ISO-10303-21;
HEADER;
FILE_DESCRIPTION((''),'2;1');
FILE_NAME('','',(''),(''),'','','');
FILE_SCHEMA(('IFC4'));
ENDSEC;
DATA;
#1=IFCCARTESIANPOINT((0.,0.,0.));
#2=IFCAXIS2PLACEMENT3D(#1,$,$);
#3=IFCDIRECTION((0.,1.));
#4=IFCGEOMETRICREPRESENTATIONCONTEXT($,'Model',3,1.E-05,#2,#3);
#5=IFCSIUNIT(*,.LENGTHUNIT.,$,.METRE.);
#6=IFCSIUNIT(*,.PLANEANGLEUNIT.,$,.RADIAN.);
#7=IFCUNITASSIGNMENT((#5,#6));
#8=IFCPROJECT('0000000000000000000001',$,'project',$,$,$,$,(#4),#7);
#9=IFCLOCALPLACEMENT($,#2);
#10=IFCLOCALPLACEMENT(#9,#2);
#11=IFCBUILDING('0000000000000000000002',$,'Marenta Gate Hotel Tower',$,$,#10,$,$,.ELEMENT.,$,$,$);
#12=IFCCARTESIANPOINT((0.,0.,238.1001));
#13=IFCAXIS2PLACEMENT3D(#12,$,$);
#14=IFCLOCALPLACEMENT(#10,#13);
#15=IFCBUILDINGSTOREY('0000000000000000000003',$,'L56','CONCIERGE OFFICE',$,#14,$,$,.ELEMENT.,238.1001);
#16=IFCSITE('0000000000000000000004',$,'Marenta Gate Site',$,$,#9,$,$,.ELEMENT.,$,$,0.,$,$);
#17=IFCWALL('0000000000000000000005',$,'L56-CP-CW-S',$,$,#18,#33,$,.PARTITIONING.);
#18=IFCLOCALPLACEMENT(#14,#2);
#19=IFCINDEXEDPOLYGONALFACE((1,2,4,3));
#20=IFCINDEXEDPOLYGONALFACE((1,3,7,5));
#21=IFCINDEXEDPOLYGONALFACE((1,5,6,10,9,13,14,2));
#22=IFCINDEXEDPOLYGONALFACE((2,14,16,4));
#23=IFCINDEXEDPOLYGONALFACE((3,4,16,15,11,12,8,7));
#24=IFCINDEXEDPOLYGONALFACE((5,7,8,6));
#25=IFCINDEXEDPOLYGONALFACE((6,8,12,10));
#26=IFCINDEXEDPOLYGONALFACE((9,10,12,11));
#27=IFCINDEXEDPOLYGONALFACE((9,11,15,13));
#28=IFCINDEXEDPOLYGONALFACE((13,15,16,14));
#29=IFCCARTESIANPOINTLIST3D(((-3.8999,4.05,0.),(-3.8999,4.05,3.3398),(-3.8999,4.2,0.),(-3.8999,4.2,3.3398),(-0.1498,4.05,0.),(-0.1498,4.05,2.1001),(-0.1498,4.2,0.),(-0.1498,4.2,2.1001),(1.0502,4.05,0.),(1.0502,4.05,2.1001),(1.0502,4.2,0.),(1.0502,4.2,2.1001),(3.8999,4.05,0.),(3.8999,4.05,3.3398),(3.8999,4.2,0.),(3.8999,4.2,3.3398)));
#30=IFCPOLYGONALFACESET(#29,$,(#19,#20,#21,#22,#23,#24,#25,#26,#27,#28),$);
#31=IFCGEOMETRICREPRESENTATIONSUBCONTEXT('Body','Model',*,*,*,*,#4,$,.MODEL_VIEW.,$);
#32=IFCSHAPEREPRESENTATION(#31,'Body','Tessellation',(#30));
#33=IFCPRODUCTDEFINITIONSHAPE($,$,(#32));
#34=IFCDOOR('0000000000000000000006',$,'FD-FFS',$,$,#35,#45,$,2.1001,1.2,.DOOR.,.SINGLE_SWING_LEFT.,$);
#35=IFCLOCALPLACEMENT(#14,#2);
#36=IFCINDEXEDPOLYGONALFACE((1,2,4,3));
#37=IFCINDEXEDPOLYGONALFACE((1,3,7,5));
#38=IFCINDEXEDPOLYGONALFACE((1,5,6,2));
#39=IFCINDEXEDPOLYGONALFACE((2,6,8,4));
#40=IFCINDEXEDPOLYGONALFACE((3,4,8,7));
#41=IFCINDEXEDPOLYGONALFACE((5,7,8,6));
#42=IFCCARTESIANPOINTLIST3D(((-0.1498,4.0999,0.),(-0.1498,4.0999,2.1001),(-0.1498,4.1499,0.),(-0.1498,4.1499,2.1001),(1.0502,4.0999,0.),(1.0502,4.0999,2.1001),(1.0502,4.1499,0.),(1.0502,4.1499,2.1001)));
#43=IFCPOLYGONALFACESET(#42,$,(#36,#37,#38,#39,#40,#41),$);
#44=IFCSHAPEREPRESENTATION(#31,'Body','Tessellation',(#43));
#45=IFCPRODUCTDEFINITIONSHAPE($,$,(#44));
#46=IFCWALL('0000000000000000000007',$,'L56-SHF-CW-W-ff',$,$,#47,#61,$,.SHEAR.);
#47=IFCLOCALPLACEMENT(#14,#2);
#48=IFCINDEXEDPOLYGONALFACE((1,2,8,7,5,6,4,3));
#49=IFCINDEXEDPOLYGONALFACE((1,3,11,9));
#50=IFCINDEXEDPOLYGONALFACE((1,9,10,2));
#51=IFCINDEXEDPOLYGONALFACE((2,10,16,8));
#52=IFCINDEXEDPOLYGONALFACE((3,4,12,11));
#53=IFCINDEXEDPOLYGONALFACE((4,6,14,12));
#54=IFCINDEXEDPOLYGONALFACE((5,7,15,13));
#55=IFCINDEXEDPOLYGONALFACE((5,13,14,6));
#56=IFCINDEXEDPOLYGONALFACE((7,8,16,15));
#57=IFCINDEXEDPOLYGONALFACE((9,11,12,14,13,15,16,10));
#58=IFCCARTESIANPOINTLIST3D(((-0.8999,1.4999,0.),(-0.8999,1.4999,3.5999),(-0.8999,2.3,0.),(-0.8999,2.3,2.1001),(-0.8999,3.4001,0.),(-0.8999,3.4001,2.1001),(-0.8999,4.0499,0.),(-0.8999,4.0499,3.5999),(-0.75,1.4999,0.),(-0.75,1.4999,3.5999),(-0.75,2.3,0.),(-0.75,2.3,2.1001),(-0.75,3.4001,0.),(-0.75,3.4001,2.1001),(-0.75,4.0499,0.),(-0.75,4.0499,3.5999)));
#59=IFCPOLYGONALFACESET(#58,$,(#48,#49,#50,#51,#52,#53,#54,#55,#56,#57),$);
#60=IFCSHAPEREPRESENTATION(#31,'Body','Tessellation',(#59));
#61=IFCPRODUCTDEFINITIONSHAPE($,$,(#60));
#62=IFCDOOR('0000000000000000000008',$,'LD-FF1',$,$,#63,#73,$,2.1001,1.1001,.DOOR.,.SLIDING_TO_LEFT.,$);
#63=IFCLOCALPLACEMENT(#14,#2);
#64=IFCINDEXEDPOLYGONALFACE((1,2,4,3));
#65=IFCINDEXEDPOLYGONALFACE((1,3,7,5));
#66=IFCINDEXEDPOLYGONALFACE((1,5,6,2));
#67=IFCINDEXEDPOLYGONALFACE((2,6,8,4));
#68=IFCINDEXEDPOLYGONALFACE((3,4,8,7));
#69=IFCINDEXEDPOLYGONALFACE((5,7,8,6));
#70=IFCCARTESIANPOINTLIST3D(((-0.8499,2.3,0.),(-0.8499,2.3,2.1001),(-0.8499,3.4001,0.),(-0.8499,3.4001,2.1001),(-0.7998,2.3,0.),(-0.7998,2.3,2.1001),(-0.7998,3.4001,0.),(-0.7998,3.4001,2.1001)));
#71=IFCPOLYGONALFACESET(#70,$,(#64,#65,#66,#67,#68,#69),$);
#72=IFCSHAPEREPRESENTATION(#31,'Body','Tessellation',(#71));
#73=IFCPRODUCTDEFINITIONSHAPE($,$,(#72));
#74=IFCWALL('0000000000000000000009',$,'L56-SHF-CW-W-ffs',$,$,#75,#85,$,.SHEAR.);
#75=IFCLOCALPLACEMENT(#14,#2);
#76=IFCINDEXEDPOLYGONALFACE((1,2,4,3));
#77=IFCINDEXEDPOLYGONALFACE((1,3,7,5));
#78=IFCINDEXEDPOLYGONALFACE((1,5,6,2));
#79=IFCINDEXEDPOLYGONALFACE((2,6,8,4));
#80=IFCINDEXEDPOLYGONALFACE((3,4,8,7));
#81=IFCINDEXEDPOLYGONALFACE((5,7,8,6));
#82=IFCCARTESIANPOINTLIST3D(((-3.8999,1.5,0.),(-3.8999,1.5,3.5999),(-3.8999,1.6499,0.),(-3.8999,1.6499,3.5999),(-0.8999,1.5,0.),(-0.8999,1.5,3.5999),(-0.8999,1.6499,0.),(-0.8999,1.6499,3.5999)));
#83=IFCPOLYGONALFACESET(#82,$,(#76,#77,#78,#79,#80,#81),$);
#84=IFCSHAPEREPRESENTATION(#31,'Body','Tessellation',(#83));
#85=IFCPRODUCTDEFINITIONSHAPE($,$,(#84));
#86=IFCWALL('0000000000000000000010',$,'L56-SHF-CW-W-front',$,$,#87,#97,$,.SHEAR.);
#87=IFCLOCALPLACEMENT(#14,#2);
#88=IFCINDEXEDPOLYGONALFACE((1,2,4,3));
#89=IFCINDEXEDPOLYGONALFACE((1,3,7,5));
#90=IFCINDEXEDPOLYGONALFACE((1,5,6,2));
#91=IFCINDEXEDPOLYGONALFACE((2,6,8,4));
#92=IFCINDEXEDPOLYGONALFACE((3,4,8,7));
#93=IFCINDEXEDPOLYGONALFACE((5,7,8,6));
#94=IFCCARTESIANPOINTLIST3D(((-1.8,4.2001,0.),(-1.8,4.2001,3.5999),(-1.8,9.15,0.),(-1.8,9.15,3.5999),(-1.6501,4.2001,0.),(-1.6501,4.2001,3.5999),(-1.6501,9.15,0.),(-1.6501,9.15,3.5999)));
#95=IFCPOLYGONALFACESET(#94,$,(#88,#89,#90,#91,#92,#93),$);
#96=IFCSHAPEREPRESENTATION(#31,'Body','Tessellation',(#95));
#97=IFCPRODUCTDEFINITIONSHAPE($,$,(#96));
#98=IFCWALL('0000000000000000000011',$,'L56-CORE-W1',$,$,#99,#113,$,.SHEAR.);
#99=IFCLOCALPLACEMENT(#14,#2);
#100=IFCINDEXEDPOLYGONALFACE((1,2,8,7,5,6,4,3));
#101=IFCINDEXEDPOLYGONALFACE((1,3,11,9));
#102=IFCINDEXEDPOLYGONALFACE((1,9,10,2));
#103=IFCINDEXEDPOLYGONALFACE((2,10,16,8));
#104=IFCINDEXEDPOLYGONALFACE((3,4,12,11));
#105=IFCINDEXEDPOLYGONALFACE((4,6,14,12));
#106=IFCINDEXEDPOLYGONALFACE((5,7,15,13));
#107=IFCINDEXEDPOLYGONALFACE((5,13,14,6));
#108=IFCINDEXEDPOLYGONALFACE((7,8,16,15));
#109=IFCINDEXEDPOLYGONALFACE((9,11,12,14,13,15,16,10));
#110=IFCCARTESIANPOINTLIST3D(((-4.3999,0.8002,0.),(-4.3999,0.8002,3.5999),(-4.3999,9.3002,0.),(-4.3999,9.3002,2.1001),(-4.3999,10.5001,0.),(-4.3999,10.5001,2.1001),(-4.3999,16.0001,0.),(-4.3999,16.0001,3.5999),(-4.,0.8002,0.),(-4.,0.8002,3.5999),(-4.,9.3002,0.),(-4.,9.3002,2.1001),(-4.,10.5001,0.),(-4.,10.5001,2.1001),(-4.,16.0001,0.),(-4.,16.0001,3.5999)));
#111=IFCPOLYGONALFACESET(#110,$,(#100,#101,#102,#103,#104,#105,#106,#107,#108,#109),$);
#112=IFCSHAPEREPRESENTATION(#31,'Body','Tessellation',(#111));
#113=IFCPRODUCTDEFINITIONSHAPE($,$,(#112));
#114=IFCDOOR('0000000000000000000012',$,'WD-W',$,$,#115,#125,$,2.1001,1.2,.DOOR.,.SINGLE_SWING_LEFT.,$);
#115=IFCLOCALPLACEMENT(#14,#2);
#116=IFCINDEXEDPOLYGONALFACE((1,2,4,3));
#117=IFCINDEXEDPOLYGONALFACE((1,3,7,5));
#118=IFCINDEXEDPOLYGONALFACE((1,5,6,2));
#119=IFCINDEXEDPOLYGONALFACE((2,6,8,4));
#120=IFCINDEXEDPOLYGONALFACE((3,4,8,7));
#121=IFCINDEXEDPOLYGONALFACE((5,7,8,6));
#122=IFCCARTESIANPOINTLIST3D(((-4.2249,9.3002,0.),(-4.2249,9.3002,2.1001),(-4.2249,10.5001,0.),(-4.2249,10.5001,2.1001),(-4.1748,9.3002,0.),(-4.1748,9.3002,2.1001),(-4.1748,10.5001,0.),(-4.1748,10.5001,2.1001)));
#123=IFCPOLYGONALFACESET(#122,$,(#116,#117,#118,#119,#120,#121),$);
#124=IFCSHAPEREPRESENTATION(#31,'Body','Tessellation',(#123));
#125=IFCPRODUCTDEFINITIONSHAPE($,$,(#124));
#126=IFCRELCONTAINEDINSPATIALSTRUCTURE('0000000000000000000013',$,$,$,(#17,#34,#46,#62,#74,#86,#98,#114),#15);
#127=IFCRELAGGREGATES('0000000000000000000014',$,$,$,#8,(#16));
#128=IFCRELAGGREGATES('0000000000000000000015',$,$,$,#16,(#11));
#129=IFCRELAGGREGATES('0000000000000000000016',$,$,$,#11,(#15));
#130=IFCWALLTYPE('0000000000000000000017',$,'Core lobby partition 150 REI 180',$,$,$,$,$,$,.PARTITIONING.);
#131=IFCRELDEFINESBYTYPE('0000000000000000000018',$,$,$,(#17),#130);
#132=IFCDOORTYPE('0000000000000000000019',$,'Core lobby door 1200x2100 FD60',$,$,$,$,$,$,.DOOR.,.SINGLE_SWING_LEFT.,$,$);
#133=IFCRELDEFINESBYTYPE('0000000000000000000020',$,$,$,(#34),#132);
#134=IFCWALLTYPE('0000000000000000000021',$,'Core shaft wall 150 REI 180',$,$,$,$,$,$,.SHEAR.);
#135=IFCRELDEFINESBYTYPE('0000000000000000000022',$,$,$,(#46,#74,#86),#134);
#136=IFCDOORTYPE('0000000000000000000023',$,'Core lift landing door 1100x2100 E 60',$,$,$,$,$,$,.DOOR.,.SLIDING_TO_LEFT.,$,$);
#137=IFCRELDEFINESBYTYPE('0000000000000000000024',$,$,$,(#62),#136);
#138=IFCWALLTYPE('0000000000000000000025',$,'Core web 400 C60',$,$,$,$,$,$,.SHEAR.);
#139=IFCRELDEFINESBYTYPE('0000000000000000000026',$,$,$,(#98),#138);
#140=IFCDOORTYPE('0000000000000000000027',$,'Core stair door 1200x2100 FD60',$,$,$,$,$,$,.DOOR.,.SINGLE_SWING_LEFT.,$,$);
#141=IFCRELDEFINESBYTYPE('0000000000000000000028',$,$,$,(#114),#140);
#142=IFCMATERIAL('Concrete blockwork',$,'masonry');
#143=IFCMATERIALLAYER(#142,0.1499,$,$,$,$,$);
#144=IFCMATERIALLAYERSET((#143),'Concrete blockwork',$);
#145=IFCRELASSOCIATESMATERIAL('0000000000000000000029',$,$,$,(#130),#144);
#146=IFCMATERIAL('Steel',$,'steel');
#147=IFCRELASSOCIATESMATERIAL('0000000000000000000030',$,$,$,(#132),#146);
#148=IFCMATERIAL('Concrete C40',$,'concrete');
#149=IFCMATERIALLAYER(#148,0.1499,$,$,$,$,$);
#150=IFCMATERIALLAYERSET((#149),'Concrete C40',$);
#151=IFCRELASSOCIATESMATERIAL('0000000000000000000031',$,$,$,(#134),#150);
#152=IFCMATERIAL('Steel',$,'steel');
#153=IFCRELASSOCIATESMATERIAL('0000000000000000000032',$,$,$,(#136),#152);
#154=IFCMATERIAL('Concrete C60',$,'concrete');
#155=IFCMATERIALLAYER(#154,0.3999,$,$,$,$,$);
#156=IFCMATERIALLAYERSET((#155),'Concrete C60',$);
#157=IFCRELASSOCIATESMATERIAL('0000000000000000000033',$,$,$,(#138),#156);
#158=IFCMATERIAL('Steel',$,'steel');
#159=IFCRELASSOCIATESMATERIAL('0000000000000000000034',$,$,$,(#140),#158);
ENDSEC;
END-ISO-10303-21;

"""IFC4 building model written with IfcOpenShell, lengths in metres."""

from ifc_helpers import new_model, si_unit, direction, frame, frame_2d, origin, place, context, subcontext, project, spatial, rectangle, extrude, material, layer, layer_set, type_object, element, fill, save


model = new_model("IFC4")

# Units and contexts
model_context = context("Model", 3, precision=1e-05, world=origin(), true_north=direction((0.0, 1.0)))
body_context = subcontext(model_context, "Body", "Model", "MODEL_VIEW")
ifc_project = project(units=[si_unit("LENGTHUNIT", "METRE"), si_unit("PLANEANGLEUNIT", "RADIAN")], contexts=[model_context])

# Site, building, storey
site_placement = place(None, origin())
site = spatial("IfcSite", under=ifc_project, at=site_placement, Name="Marenta Gate Site", CompositionType="ELEMENT", RefElevation=0.0)
building_placement = place(site_placement, origin())
building = spatial("IfcBuilding", under=site, at=building_placement, Name="Marenta Gate Hotel Tower", CompositionType="ELEMENT")
storey_placement = place(building_placement, frame((0.0, 0.0, 238.1001)))
storey = spatial("IfcBuildingStorey", under=building, at=storey_placement, Name="L56", Description="CONCIERGE OFFICE", CompositionType="ELEMENT", Elevation=238.1001)

# Walls, openings, doors
ifc_material_1 = material(Name="Concrete blockwork", Category="masonry")
ifc_layer_1 = layer(ifc_material_1, 0.1499)
ifc_layer_set_1 = layer_set([ifc_layer_1], Name="Concrete blockwork")
wall_type_1 = type_object("IfcWallType", Name="Core lobby partition 150 REI 180", PredefinedType="PARTITIONING", material=ifc_layer_set_1)
wall_1_placement = place(storey_placement, frame((-3.8999, 4.125, 0.0), z_axis=(0.0, 0.0, 1.0), x_axis=(1.0, 0.0, 0.0)))
wall_1 = element("IfcWall", 1, at=wall_1_placement, inside=storey, type_object=wall_type_1, Name="L56-CP-CW-S", PredefinedType="PARTITIONING", context=body_context, shape_type="SweptSolid", body=[
    extrude(rectangle(XDim=7.7998, YDim=0.1499, at=frame_2d((3.8999, 0.0))), origin(), (0.0, 0.0, 1.0), 3.3398),
])
opening_1_placement = place(wall_1_placement, frame((3.75, 0.0, 0.0)))
opening_1 = element("IfcOpeningElement", 2, at=opening_1_placement, cuts=wall_1, PredefinedType="OPENING", context=body_context, shape_type="SweptSolid", body=[
    extrude(rectangle(XDim=1.2, YDim=2.1001, at=frame_2d((0.6001, 1.05))), frame((0.0, 0.075, 0.0), z_axis=(0.0, -1.0, 0.0), x_axis=(1.0, 0.0, 0.0)), (0.0, 0.0, 1.0), 0.1499),
])
ifc_material_2 = material(Name="Steel", Category="steel")
door_type_1 = type_object("IfcDoorType", Name="Core lobby door 1200x2100 FD60", OperationType="SINGLE_SWING_LEFT", PredefinedType="DOOR", material=ifc_material_2)
door_1_placement = place(opening_1_placement, origin())
door_1 = element("IfcDoor", 3, at=door_1_placement, inside=storey, type_object=door_type_1, Name="FD-FFS", OperationType="SINGLE_SWING_LEFT", OverallHeight=2.1001, OverallWidth=1.2, PredefinedType="DOOR", context=body_context, shape_type="SweptSolid", body=[
    extrude(rectangle(XDim=1.2, YDim=2.1001, at=frame_2d((0.6001, 1.05))), frame((0.0, 0.0249, 0.0), z_axis=(0.0, -1.0, 0.0), x_axis=(1.0, 0.0, 0.0)), (0.0, 0.0, 1.0), 0.05),
])
fill(opening_1, door_1)
ifc_material_3 = material(Name="Concrete C40", Category="concrete")
ifc_layer_2 = layer(ifc_material_3, 0.1499)
ifc_layer_set_2 = layer_set([ifc_layer_2], Name="Concrete C40")
wall_type_2 = type_object("IfcWallType", Name="Core shaft wall 150 REI 180", PredefinedType="SHEAR", material=ifc_layer_set_2)
wall_2_placement = place(storey_placement, frame((-0.825, 1.5, 0.0), z_axis=(0.0, 0.0, 1.0), x_axis=(0.0, 1.0, 0.0)))
wall_2 = element("IfcWall", 4, at=wall_2_placement, inside=storey, type_object=wall_type_2, Name="L56-SHF-CW-W-ff", PredefinedType="SHEAR", context=body_context, shape_type="SweptSolid", body=[
    extrude(rectangle(XDim=2.55, YDim=0.1499, at=frame_2d((1.2749, 0.0))), origin(), (0.0, 0.0, 1.0), 3.5999),
])
opening_2_placement = place(wall_2_placement, frame((0.8, 0.0, 0.0)))
opening_2 = element("IfcOpeningElement", 5, at=opening_2_placement, cuts=wall_2, PredefinedType="OPENING", context=body_context, shape_type="SweptSolid", body=[
    extrude(rectangle(XDim=1.1001, YDim=2.1001, at=frame_2d((0.55, 1.05))), frame((0.0, 0.075, 0.0), z_axis=(0.0, -1.0, 0.0), x_axis=(1.0, 0.0, 0.0)), (0.0, 0.0, 1.0), 0.1499),
])
ifc_material_4 = material(Name="Steel", Category="steel")
door_type_2 = type_object("IfcDoorType", Name="Core lift landing door 1100x2100 E 60", OperationType="SLIDING_TO_LEFT", PredefinedType="DOOR", material=ifc_material_4)
door_2_placement = place(opening_2_placement, origin())
door_2 = element("IfcDoor", 6, at=door_2_placement, inside=storey, type_object=door_type_2, Name="LD-FF1", OperationType="SLIDING_TO_LEFT", OverallHeight=2.1001, OverallWidth=1.1001, PredefinedType="DOOR", context=body_context, shape_type="SweptSolid", body=[
    extrude(rectangle(XDim=1.1001, YDim=2.1001, at=frame_2d((0.55, 1.05))), frame((0.0, 0.0249, 0.0), z_axis=(0.0, -1.0, 0.0), x_axis=(1.0, 0.0, 0.0)), (0.0, 0.0, 1.0), 0.05),
])
fill(opening_2, door_2)

# Walls
wall_3_placement = place(storey_placement, frame((-3.8999, 1.575, 0.0), z_axis=(0.0, 0.0, 1.0), x_axis=(1.0, 0.0, 0.0)))
element("IfcWall", 7, at=wall_3_placement, inside=storey, type_object=wall_type_2, Name="L56-SHF-CW-W-ffs", PredefinedType="SHEAR", context=body_context, shape_type="SweptSolid", body=[
    extrude(rectangle(XDim=3.0, YDim=0.1499, at=frame_2d((1.5, 0.0))), origin(), (0.0, 0.0, 1.0), 3.5999),
])
wall_4_placement = place(storey_placement, frame((-1.7251, 4.2, 0.0), z_axis=(0.0, 0.0, 1.0), x_axis=(0.0, 1.0, 0.0)))
element("IfcWall", 8, at=wall_4_placement, inside=storey, type_object=wall_type_2, Name="L56-SHF-CW-W-front", PredefinedType="SHEAR", context=body_context, shape_type="SweptSolid", body=[
    extrude(rectangle(XDim=4.95, YDim=0.1499, at=frame_2d((2.4751, 0.0))), origin(), (0.0, 0.0, 1.0), 3.5999),
])

# Wall, opening, door
ifc_material_5 = material(Name="Concrete C60", Category="concrete")
ifc_layer_3 = layer(ifc_material_5, 0.3999)
ifc_layer_set_3 = layer_set([ifc_layer_3], Name="Concrete C60")
wall_type_3 = type_object("IfcWallType", Name="Core web 400 C60", PredefinedType="SHEAR", material=ifc_layer_set_3)
wall_5_placement = place(storey_placement, frame((-4.2, 0.8, 0.0), z_axis=(0.0, 0.0, 1.0), x_axis=(0.0, 1.0, 0.0)))
wall_5 = element("IfcWall", 9, at=wall_5_placement, inside=storey, type_object=wall_type_3, Name="L56-CORE-W1", PredefinedType="SHEAR", context=body_context, shape_type="SweptSolid", body=[
    extrude(rectangle(XDim=15.2, YDim=0.3999, at=frame_2d((7.6001, 0.0))), origin(), (0.0, 0.0, 1.0), 3.5999),
])
opening_3_placement = place(wall_5_placement, frame((8.5, 0.0, 0.0)))
opening_3 = element("IfcOpeningElement", 10, at=opening_3_placement, cuts=wall_5, PredefinedType="OPENING", context=body_context, shape_type="SweptSolid", body=[
    extrude(rectangle(XDim=1.2, YDim=2.1001, at=frame_2d((0.6001, 1.05))), frame((0.0, 0.2, 0.0), z_axis=(0.0, -1.0, 0.0), x_axis=(1.0, 0.0, 0.0)), (0.0, 0.0, 1.0), 0.3999),
])
ifc_material_6 = material(Name="Steel", Category="steel")
door_type_3 = type_object("IfcDoorType", Name="Core stair door 1200x2100 FD60", OperationType="SINGLE_SWING_LEFT", PredefinedType="DOOR", material=ifc_material_6)
door_3_placement = place(opening_3_placement, origin())
door_3 = element("IfcDoor", 11, at=door_3_placement, inside=storey, type_object=door_type_3, Name="WD-W", OperationType="SINGLE_SWING_LEFT", OverallHeight=2.1001, OverallWidth=1.2, PredefinedType="DOOR", context=body_context, shape_type="SweptSolid", body=[
    extrude(rectangle(XDim=1.2, YDim=2.1001, at=frame_2d((0.6001, 1.05))), frame((0.0, 0.0249, 0.0), z_axis=(0.0, -1.0, 0.0), x_axis=(1.0, 0.0, 0.0)), (0.0, 0.0, 1.0), 0.05),
])
fill(opening_3, door_3)

save(model, "model.ifc")
